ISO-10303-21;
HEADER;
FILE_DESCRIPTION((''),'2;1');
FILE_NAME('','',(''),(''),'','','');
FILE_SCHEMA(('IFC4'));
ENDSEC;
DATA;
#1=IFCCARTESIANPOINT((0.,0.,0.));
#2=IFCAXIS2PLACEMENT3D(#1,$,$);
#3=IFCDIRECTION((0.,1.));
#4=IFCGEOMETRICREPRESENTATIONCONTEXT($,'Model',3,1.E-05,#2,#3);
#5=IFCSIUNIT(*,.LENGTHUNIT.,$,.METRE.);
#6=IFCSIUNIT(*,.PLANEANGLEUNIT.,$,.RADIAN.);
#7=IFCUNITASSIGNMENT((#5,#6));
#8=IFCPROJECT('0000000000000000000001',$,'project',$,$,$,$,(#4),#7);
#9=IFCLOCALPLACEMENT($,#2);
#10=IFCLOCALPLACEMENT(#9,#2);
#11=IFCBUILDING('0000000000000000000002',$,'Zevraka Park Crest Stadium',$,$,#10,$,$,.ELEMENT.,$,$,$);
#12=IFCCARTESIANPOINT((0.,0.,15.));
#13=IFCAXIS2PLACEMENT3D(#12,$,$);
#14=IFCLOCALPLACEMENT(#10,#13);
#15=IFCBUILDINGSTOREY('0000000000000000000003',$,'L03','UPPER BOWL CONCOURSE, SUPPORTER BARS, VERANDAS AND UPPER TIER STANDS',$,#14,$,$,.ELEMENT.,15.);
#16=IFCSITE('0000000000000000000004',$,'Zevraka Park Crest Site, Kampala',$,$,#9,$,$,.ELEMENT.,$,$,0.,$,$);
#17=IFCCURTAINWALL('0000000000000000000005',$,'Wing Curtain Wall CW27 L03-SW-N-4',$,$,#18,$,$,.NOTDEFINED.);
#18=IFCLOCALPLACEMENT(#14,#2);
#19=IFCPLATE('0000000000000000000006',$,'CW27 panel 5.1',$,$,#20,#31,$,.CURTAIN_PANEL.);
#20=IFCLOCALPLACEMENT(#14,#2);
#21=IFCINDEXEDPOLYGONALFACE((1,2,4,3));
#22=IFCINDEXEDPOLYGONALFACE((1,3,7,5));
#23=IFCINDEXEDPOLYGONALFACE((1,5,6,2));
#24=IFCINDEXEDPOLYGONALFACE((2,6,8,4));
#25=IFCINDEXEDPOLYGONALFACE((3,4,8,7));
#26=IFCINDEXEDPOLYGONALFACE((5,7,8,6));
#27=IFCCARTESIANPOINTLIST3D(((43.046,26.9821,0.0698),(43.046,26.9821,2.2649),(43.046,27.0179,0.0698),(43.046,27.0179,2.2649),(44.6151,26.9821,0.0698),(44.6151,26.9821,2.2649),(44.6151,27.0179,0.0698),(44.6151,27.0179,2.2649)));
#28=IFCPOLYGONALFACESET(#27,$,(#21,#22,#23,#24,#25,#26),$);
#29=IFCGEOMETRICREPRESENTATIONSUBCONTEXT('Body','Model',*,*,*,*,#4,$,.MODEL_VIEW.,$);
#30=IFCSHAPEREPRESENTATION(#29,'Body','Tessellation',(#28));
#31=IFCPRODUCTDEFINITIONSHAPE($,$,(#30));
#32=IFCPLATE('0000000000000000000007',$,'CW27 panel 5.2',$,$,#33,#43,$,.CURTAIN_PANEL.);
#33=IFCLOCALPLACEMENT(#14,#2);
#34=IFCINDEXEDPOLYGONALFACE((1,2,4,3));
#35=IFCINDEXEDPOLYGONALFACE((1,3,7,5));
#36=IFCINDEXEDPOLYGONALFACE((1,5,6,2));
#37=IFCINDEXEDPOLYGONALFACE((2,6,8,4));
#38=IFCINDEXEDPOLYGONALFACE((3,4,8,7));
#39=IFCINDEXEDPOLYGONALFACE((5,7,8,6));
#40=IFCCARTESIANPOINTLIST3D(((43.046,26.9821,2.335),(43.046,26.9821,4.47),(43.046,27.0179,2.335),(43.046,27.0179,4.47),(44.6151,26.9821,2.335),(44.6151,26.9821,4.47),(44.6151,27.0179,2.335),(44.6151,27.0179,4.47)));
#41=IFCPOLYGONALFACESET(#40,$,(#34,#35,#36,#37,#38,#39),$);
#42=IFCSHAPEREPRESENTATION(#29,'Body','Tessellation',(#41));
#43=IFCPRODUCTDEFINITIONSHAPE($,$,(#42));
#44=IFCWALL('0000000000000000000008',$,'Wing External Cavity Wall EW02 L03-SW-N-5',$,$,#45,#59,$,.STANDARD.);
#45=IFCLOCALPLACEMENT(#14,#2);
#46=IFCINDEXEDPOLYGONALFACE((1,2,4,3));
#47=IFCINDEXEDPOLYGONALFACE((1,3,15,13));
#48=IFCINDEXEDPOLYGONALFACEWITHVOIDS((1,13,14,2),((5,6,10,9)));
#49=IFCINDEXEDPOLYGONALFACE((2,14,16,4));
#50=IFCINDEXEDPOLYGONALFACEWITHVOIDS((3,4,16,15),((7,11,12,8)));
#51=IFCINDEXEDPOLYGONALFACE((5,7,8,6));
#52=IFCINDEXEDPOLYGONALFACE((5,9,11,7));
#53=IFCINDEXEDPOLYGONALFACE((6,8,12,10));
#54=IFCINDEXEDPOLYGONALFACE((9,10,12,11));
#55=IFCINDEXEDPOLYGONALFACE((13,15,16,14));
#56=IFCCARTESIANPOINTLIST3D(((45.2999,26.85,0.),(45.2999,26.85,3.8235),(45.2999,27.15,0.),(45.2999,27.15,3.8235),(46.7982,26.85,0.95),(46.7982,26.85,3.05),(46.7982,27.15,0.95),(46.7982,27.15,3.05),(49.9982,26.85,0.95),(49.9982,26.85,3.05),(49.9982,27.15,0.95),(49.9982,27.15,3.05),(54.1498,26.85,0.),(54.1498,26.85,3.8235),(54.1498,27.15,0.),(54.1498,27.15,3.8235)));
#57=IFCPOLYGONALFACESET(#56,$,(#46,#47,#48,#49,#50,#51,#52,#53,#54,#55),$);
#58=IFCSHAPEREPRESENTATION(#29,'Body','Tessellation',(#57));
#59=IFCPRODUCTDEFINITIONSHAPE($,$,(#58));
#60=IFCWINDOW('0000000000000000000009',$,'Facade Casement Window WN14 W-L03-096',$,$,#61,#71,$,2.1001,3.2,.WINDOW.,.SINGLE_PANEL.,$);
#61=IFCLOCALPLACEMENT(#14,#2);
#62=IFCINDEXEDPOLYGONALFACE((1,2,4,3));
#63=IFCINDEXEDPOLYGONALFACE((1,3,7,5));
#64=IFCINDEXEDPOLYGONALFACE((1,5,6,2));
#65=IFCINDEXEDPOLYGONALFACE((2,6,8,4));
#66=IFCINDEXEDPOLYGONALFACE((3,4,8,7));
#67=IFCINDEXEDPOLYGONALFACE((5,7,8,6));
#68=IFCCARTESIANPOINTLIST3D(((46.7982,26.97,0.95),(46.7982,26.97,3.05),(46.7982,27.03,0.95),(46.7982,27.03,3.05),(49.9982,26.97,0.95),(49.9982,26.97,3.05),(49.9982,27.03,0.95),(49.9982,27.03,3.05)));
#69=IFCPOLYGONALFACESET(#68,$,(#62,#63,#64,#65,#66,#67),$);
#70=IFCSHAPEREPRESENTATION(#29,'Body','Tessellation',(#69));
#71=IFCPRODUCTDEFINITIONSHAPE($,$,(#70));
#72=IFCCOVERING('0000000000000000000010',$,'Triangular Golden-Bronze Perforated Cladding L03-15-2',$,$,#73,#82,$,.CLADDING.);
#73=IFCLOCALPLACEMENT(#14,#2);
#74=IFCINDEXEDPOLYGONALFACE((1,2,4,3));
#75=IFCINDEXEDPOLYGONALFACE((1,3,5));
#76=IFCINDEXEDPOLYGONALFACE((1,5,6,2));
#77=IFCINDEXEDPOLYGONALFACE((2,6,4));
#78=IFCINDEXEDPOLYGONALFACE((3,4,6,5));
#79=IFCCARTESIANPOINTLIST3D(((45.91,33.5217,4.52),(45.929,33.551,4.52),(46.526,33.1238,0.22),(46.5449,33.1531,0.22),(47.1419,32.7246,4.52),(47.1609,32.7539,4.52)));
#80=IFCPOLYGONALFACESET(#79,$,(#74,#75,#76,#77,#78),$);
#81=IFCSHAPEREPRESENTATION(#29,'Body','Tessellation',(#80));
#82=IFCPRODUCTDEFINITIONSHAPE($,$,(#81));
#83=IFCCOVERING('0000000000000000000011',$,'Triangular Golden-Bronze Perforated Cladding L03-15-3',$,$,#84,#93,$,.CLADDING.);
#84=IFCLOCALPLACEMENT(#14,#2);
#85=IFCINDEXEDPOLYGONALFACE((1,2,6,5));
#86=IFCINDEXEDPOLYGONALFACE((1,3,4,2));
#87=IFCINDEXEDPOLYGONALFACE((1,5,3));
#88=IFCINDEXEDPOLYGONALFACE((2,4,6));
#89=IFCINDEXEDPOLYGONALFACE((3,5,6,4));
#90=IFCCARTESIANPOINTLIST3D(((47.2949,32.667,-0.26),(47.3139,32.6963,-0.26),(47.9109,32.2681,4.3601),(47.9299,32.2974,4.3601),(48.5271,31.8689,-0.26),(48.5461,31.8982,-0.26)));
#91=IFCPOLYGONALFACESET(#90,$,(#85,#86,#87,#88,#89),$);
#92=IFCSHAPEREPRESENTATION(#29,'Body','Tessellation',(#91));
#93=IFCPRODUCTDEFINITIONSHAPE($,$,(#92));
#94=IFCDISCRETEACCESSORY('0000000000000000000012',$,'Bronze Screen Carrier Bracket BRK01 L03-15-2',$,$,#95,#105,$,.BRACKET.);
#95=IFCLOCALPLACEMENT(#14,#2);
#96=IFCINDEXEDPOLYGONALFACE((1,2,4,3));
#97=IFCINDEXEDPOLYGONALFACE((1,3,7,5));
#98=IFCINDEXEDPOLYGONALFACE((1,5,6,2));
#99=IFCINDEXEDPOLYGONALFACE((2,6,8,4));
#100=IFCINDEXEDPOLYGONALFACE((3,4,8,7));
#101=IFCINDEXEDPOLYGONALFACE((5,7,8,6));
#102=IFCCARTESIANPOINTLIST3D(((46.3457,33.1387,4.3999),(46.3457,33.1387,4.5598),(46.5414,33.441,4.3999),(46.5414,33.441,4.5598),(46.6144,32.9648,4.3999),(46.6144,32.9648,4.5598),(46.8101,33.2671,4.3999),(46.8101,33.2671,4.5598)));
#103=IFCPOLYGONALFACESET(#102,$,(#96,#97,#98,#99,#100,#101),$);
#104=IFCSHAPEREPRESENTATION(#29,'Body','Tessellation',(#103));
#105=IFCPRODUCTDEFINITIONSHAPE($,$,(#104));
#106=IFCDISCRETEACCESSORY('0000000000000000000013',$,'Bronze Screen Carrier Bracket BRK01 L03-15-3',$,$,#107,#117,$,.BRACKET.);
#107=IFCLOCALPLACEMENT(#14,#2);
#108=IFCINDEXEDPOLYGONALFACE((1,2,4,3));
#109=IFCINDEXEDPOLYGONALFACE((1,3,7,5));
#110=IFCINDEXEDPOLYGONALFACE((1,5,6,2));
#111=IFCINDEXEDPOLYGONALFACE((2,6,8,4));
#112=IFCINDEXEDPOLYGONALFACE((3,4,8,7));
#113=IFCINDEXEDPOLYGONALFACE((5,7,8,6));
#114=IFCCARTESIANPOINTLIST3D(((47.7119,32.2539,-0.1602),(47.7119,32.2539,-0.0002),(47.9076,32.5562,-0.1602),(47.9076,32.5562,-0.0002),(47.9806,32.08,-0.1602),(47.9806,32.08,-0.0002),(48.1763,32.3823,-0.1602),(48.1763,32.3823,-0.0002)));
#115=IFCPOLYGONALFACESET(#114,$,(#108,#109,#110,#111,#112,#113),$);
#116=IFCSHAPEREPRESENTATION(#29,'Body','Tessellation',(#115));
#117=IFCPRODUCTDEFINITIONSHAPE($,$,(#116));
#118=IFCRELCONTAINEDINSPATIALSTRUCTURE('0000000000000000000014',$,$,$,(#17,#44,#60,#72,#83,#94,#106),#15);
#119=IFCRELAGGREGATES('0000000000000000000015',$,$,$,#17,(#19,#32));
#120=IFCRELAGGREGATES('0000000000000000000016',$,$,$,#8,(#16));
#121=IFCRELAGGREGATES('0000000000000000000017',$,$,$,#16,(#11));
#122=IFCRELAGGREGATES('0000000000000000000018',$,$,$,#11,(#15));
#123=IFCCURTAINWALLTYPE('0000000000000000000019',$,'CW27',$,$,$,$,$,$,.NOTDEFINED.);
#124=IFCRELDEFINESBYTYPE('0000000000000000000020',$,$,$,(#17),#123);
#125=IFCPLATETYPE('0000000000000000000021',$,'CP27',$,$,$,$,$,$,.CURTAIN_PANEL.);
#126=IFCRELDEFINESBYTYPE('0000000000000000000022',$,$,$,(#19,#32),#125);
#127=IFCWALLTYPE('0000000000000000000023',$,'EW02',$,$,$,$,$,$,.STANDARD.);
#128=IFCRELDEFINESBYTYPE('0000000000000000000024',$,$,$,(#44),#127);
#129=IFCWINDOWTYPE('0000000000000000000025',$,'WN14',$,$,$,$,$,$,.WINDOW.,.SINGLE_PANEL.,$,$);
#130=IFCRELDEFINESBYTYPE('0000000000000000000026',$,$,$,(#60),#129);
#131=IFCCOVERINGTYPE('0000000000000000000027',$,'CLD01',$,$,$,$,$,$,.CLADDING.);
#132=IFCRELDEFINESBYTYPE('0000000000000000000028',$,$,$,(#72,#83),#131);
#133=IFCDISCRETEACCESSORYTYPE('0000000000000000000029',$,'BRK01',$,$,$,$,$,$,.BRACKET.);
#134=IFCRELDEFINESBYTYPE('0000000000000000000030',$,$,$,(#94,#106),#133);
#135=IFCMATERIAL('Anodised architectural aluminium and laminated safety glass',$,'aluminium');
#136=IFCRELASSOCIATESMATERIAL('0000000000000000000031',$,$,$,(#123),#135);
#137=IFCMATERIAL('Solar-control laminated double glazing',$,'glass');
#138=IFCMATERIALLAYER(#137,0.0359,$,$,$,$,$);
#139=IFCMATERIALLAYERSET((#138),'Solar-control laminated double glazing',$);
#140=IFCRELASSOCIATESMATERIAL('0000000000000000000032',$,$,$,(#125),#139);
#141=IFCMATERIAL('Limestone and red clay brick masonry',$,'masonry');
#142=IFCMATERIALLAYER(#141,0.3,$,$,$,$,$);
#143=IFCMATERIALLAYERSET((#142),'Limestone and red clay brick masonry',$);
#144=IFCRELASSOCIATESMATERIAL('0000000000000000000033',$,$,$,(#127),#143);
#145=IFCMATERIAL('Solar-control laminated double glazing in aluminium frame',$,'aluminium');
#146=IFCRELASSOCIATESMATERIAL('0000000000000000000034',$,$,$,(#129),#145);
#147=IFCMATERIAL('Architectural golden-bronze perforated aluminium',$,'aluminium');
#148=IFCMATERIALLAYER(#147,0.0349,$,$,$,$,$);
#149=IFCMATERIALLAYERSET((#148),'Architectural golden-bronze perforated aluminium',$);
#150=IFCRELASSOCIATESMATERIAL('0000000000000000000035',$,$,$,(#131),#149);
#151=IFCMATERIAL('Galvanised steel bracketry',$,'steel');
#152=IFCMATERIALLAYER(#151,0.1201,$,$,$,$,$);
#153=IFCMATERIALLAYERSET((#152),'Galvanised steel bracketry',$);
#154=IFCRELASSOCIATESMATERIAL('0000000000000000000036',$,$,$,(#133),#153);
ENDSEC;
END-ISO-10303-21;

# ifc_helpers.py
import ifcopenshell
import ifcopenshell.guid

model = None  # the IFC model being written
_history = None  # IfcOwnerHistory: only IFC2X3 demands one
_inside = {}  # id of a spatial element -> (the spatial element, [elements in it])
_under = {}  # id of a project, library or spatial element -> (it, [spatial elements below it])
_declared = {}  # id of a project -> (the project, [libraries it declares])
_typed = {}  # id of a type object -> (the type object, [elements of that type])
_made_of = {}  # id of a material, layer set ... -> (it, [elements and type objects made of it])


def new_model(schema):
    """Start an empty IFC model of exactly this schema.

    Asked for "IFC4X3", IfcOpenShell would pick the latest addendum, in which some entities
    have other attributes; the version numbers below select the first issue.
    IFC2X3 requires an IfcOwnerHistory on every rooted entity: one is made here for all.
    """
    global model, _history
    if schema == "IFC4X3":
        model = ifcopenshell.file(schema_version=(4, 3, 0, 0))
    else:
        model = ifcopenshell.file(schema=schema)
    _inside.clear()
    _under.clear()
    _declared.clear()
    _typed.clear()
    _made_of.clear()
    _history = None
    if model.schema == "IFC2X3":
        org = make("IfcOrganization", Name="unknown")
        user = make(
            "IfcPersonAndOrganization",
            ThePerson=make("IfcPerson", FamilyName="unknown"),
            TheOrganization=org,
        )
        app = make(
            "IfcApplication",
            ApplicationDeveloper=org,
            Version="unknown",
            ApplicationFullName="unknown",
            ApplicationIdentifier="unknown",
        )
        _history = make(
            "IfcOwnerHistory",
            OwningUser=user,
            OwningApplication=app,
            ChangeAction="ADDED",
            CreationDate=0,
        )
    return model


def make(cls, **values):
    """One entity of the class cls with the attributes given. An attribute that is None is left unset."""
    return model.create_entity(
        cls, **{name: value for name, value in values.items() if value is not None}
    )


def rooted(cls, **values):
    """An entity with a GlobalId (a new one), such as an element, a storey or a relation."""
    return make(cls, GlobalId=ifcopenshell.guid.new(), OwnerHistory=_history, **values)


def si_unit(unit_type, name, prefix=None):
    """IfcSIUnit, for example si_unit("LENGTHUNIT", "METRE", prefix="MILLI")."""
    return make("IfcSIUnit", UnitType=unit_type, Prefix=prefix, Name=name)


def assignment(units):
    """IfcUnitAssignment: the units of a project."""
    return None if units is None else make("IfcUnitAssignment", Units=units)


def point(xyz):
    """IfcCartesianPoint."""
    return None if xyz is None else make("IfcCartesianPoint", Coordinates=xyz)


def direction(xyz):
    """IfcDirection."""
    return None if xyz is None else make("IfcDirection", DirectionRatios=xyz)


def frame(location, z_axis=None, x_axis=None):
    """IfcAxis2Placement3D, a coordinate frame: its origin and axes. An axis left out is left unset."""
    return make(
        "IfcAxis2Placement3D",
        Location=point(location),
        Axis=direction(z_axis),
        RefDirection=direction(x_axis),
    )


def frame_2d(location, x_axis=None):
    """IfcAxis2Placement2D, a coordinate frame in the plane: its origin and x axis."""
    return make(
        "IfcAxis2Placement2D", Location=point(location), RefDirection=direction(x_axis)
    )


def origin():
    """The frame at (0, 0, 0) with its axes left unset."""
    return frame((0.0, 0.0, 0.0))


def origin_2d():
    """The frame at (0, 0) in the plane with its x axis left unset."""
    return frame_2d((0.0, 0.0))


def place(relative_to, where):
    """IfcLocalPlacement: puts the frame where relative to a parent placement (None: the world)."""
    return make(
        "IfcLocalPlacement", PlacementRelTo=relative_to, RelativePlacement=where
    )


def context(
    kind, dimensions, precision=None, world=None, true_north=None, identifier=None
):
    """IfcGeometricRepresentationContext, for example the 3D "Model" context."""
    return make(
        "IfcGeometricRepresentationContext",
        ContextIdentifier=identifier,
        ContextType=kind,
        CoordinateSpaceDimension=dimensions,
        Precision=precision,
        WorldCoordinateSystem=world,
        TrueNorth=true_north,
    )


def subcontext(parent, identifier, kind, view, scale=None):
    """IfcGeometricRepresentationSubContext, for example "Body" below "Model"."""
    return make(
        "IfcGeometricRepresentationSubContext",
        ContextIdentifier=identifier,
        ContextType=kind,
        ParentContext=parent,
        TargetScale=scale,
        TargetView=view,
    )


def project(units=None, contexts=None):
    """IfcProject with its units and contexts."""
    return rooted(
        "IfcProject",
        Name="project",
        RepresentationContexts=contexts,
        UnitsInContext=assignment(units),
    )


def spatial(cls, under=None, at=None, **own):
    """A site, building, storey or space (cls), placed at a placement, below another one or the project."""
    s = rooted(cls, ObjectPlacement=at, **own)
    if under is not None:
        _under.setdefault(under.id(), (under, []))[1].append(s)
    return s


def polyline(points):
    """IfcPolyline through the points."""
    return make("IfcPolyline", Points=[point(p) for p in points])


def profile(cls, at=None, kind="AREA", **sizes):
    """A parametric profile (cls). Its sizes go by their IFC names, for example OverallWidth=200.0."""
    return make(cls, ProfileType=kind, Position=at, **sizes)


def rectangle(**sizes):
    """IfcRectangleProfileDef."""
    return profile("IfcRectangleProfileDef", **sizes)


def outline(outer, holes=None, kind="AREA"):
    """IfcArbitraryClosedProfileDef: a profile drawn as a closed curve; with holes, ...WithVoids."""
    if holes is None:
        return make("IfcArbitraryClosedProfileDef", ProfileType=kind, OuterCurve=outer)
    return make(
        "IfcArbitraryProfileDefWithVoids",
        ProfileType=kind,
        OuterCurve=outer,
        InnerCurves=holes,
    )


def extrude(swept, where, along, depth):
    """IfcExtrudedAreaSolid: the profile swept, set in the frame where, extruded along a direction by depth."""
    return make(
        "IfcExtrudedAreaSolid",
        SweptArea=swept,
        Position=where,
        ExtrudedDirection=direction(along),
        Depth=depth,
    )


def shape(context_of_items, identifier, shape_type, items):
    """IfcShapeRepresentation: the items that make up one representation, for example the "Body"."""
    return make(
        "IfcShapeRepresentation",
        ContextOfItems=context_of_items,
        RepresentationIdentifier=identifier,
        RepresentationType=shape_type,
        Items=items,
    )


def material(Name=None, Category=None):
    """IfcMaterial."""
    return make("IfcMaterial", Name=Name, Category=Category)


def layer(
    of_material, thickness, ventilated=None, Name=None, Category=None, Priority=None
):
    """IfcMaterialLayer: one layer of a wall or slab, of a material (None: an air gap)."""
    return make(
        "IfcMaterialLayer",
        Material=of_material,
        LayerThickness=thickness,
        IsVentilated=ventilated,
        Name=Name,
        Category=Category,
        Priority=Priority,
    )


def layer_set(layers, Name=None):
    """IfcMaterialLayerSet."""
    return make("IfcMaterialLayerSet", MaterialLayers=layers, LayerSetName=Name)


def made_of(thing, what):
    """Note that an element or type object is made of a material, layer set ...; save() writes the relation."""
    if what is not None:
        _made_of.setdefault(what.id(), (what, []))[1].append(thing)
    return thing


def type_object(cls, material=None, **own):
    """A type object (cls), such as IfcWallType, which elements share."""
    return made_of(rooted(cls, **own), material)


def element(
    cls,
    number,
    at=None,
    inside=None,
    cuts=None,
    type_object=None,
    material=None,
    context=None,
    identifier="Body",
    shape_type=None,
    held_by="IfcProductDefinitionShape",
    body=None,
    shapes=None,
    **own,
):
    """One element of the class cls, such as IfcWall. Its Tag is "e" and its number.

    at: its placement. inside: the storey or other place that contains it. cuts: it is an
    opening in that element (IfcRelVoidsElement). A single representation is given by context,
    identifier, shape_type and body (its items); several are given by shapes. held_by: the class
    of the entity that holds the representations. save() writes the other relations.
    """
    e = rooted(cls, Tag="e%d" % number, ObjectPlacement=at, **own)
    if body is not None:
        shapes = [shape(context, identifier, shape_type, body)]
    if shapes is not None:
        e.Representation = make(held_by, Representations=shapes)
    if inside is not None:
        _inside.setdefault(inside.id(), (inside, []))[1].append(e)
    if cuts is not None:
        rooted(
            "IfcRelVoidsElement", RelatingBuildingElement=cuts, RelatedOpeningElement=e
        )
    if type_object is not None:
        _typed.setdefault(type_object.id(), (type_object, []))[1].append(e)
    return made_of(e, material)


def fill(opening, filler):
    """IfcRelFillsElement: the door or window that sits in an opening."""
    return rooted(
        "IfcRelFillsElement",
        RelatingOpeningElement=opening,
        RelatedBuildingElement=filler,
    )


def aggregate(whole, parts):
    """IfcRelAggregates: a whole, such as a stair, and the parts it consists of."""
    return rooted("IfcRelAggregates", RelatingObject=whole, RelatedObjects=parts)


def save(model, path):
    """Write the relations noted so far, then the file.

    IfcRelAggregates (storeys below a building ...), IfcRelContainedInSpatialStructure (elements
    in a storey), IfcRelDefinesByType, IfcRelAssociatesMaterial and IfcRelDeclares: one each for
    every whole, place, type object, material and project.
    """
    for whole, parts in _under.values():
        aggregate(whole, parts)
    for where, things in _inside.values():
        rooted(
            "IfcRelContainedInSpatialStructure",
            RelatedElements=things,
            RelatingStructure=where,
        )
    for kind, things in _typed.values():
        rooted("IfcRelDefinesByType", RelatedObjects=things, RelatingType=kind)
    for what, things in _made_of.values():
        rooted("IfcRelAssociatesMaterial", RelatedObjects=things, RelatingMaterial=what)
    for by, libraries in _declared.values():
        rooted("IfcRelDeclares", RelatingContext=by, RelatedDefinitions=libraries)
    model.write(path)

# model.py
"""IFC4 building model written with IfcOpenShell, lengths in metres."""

from ifc_helpers import new_model, si_unit, direction, frame, frame_2d, origin, origin_2d, place, context, subcontext, project, spatial, polyline, rectangle, outline, extrude, material, layer, layer_set, type_object, element, fill, aggregate, save


model = new_model("IFC4")

# Units and contexts
model_context = context("Model", 3, precision=1e-05, world=origin(), true_north=direction((0.0, 1.0)))
body_context = subcontext(model_context, "Body", "Model", "MODEL_VIEW")
ifc_project = project(units=[si_unit("LENGTHUNIT", "METRE"), si_unit("PLANEANGLEUNIT", "RADIAN")], contexts=[model_context])

# Site, building, storey
site_placement = place(None, origin())
site = spatial("IfcSite", under=ifc_project, at=site_placement, Name="Zevraka Park Crest Site, Kampala", CompositionType="ELEMENT", RefElevation=0.0)
building_placement = place(site_placement, origin())
building = spatial("IfcBuilding", under=site, at=building_placement, Name="Zevraka Park Crest Stadium", CompositionType="ELEMENT")
storey_placement = place(building_placement, frame((0.0, 0.0, 15.0)))
storey = spatial("IfcBuildingStorey", under=building, at=storey_placement, Name="L03", Description="UPPER BOWL CONCOURSE, SUPPORTER BARS, VERANDAS AND UPPER TIER STANDS", CompositionType="ELEMENT", Elevation=15.0)

# Curtain wall
ifc_material_1 = material(Name="Anodised architectural aluminium and laminated safety glass", Category="aluminium")
curtain_wall_type_1 = type_object("IfcCurtainWallType", Name="CW27", PredefinedType="NOTDEFINED", material=ifc_material_1)
curtain_wall_1_placement = place(storey_placement, origin())
curtain_wall_1 = element("IfcCurtainWall", 1, at=curtain_wall_1_placement, inside=storey, type_object=curtain_wall_type_1, Name="Wing Curtain Wall CW27 L03-SW-N-4", PredefinedType="NOTDEFINED")

# Plates
ifc_material_2 = material(Name="Solar-control laminated double glazing", Category="glass")
ifc_layer_1 = layer(ifc_material_2, 0.0359)
ifc_layer_set_1 = layer_set([ifc_layer_1], Name="Solar-control laminated double glazing")
plate_type_1 = type_object("IfcPlateType", Name="CP27", PredefinedType="CURTAIN_PANEL", material=ifc_layer_set_1)
plate_1_placement = place(storey_placement, frame((43.8306, 27.0, 0.0698), z_axis=(0.0, 0.0, 1.0), x_axis=(1.0, 0.0, 0.0)))
plate_1 = element("IfcPlate", 2, at=plate_1_placement, type_object=plate_type_1, Name="CW27 panel 5.1", PredefinedType="CURTAIN_PANEL", context=body_context, shape_type="SweptSolid", body=[
    extrude(rectangle(XDim=1.5691, YDim=0.0359, at=origin_2d()), origin(), (0.0, 0.0, 1.0), 2.1951),
])
plate_2_placement = place(storey_placement, frame((43.8306, 27.0, 2.335), z_axis=(0.0, 0.0, 1.0), x_axis=(1.0, 0.0, 0.0)))
plate_2 = element("IfcPlate", 3, at=plate_2_placement, type_object=plate_type_1, Name="CW27 panel 5.2", PredefinedType="CURTAIN_PANEL", context=body_context, shape_type="SweptSolid", body=[
    extrude(rectangle(XDim=1.5691, YDim=0.0359, at=origin_2d()), origin(), (0.0, 0.0, 1.0), 2.135),
])
aggregate(curtain_wall_1, [plate_1, plate_2])

# Wall, opening, window
ifc_material_3 = material(Name="Limestone and red clay brick masonry", Category="masonry")
ifc_layer_2 = layer(ifc_material_3, 0.3)
ifc_layer_set_2 = layer_set([ifc_layer_2], Name="Limestone and red clay brick masonry")
wall_type = type_object("IfcWallType", Name="EW02", PredefinedType="STANDARD", material=ifc_layer_set_2)
wall_placement = place(storey_placement, frame((45.3, 27.0, 0.0), z_axis=(0.0, 0.0, 1.0), x_axis=(1.0, 0.0, 0.0)))
wall = element("IfcWall", 4, at=wall_placement, inside=storey, type_object=wall_type, Name="Wing External Cavity Wall EW02 L03-SW-N-5", PredefinedType="STANDARD", context=body_context, shape_type="SweptSolid", body=[
    extrude(rectangle(XDim=8.8499, YDim=0.3, at=frame_2d((4.4248, 0.0))), origin(), (0.0, 0.0, 1.0), 3.8235),
])
opening_placement = place(wall_placement, frame((1.498, 0.0, 0.95)))
opening = element("IfcOpeningElement", 5, at=opening_placement, cuts=wall, PredefinedType="OPENING", context=body_context, shape_type="SweptSolid", body=[
    extrude(rectangle(XDim=3.2, YDim=2.1001, at=frame_2d((1.6001, 1.05))), frame((0.0, 0.1599, 0.0), z_axis=(0.0, -1.0, 0.0), x_axis=(1.0, 0.0, 0.0)), (0.0, 0.0, 1.0), 0.3201),
])
ifc_material_4 = material(Name="Solar-control laminated double glazing in aluminium frame", Category="aluminium")
window_type = type_object("IfcWindowType", Name="WN14", PartitioningType="SINGLE_PANEL", PredefinedType="WINDOW", material=ifc_material_4)
window_placement = place(opening_placement, origin())
window = element("IfcWindow", 6, at=window_placement, inside=storey, type_object=window_type, Name="Facade Casement Window WN14 W-L03-096", OverallHeight=2.1001, OverallWidth=3.2, PartitioningType="SINGLE_PANEL", PredefinedType="WINDOW", context=body_context, shape_type="SweptSolid", body=[
    extrude(rectangle(XDim=3.2, YDim=2.1001, at=frame_2d((1.6001, 1.05))), frame((0.0, 0.03, 0.0), z_axis=(0.0, -1.0, 0.0), x_axis=(1.0, 0.0, 0.0)), (0.0, 0.0, 1.0), 0.0601),
])
fill(opening, window)

# Coverings
ifc_material_5 = material(Name="Architectural golden-bronze perforated aluminium", Category="aluminium")
ifc_layer_3 = layer(ifc_material_5, 0.0349)
ifc_layer_set_3 = layer_set([ifc_layer_3], Name="Architectural golden-bronze perforated aluminium")
covering_type = type_object("IfcCoveringType", Name="CLD01", PredefinedType="CLADDING", material=ifc_layer_set_3)
covering_1_placement = place(storey_placement, frame((47.1609, 32.7539, 4.52), z_axis=(0.543244, 0.839575, 0.000119), x_axis=(-0.839575, 0.543244, 0.0)))
element("IfcCovering", 7, at=covering_1_placement, inside=storey, type_object=covering_type, Name="Triangular Golden-Bronze Perforated Cladding L03-15-2", PredefinedType="CLADDING", context=body_context, shape_type="SweptSolid", body=[
    extrude(outline(polyline([(0.0, 0.0), (1.4673, 0.0), (0.734, -4.3), (0.0, 0.0)])), origin(), (0.0, 0.0, -1.0), 0.0349),
])
covering_2_placement = place(storey_placement, frame((47.2949, 32.667, -0.26), z_axis=(-0.543637, -0.83932, 0.000008), x_axis=(0.83932, -0.543637, 0.0)))
element("IfcCovering", 8, at=covering_2_placement, inside=storey, type_object=covering_type, Name="Triangular Golden-Bronze Perforated Cladding L03-15-3", PredefinedType="CLADDING", context=body_context, shape_type="SweptSolid", body=[
    extrude(outline(polyline([(0.0, 0.0), (1.4681, 0.0), (0.7339, 4.6201), (0.0, 0.0)])), origin(), (0.0, 0.0, -1.0), 0.0349),
])

# Discrete accessories
ifc_material_6 = material(Name="Galvanised steel bracketry", Category="steel")
ifc_layer_4 = layer(ifc_material_6, 0.1201)
ifc_layer_set_4 = layer_set([ifc_layer_4], Name="Galvanised steel bracketry")
discrete_accessory_type = type_object("IfcDiscreteAccessoryType", Name="BRK01", PredefinedType="BRACKET", material=ifc_layer_set_4)
for number, where, z_axis, x_axis, name in (
    (9, (46.5779, 33.2029, 4.3999), (0.0, 0.0, 1.0), (0.83943, -0.543467, 0.0), "Bronze Screen Carrier Bracket BRK01 L03-15-2"),
    (10, (47.9441, 32.3181, -0.1602), (0.0, 0.0, 1.0), (0.83943, -0.543467, 0.0), "Bronze Screen Carrier Bracket BRK01 L03-15-3"),
):
    element("IfcDiscreteAccessory", number, at=place(storey_placement, frame(where, z_axis=z_axis, x_axis=x_axis)), inside=storey, type_object=discrete_accessory_type, Name=name, PredefinedType="BRACKET", context=body_context, shape_type="SweptSolid", body=[
        extrude(rectangle(XDim=0.3201, YDim=0.3601, at=origin_2d()), origin(), (0.0, 0.0, 1.0), 0.1599),
    ])

save(model, "model.ifc")
